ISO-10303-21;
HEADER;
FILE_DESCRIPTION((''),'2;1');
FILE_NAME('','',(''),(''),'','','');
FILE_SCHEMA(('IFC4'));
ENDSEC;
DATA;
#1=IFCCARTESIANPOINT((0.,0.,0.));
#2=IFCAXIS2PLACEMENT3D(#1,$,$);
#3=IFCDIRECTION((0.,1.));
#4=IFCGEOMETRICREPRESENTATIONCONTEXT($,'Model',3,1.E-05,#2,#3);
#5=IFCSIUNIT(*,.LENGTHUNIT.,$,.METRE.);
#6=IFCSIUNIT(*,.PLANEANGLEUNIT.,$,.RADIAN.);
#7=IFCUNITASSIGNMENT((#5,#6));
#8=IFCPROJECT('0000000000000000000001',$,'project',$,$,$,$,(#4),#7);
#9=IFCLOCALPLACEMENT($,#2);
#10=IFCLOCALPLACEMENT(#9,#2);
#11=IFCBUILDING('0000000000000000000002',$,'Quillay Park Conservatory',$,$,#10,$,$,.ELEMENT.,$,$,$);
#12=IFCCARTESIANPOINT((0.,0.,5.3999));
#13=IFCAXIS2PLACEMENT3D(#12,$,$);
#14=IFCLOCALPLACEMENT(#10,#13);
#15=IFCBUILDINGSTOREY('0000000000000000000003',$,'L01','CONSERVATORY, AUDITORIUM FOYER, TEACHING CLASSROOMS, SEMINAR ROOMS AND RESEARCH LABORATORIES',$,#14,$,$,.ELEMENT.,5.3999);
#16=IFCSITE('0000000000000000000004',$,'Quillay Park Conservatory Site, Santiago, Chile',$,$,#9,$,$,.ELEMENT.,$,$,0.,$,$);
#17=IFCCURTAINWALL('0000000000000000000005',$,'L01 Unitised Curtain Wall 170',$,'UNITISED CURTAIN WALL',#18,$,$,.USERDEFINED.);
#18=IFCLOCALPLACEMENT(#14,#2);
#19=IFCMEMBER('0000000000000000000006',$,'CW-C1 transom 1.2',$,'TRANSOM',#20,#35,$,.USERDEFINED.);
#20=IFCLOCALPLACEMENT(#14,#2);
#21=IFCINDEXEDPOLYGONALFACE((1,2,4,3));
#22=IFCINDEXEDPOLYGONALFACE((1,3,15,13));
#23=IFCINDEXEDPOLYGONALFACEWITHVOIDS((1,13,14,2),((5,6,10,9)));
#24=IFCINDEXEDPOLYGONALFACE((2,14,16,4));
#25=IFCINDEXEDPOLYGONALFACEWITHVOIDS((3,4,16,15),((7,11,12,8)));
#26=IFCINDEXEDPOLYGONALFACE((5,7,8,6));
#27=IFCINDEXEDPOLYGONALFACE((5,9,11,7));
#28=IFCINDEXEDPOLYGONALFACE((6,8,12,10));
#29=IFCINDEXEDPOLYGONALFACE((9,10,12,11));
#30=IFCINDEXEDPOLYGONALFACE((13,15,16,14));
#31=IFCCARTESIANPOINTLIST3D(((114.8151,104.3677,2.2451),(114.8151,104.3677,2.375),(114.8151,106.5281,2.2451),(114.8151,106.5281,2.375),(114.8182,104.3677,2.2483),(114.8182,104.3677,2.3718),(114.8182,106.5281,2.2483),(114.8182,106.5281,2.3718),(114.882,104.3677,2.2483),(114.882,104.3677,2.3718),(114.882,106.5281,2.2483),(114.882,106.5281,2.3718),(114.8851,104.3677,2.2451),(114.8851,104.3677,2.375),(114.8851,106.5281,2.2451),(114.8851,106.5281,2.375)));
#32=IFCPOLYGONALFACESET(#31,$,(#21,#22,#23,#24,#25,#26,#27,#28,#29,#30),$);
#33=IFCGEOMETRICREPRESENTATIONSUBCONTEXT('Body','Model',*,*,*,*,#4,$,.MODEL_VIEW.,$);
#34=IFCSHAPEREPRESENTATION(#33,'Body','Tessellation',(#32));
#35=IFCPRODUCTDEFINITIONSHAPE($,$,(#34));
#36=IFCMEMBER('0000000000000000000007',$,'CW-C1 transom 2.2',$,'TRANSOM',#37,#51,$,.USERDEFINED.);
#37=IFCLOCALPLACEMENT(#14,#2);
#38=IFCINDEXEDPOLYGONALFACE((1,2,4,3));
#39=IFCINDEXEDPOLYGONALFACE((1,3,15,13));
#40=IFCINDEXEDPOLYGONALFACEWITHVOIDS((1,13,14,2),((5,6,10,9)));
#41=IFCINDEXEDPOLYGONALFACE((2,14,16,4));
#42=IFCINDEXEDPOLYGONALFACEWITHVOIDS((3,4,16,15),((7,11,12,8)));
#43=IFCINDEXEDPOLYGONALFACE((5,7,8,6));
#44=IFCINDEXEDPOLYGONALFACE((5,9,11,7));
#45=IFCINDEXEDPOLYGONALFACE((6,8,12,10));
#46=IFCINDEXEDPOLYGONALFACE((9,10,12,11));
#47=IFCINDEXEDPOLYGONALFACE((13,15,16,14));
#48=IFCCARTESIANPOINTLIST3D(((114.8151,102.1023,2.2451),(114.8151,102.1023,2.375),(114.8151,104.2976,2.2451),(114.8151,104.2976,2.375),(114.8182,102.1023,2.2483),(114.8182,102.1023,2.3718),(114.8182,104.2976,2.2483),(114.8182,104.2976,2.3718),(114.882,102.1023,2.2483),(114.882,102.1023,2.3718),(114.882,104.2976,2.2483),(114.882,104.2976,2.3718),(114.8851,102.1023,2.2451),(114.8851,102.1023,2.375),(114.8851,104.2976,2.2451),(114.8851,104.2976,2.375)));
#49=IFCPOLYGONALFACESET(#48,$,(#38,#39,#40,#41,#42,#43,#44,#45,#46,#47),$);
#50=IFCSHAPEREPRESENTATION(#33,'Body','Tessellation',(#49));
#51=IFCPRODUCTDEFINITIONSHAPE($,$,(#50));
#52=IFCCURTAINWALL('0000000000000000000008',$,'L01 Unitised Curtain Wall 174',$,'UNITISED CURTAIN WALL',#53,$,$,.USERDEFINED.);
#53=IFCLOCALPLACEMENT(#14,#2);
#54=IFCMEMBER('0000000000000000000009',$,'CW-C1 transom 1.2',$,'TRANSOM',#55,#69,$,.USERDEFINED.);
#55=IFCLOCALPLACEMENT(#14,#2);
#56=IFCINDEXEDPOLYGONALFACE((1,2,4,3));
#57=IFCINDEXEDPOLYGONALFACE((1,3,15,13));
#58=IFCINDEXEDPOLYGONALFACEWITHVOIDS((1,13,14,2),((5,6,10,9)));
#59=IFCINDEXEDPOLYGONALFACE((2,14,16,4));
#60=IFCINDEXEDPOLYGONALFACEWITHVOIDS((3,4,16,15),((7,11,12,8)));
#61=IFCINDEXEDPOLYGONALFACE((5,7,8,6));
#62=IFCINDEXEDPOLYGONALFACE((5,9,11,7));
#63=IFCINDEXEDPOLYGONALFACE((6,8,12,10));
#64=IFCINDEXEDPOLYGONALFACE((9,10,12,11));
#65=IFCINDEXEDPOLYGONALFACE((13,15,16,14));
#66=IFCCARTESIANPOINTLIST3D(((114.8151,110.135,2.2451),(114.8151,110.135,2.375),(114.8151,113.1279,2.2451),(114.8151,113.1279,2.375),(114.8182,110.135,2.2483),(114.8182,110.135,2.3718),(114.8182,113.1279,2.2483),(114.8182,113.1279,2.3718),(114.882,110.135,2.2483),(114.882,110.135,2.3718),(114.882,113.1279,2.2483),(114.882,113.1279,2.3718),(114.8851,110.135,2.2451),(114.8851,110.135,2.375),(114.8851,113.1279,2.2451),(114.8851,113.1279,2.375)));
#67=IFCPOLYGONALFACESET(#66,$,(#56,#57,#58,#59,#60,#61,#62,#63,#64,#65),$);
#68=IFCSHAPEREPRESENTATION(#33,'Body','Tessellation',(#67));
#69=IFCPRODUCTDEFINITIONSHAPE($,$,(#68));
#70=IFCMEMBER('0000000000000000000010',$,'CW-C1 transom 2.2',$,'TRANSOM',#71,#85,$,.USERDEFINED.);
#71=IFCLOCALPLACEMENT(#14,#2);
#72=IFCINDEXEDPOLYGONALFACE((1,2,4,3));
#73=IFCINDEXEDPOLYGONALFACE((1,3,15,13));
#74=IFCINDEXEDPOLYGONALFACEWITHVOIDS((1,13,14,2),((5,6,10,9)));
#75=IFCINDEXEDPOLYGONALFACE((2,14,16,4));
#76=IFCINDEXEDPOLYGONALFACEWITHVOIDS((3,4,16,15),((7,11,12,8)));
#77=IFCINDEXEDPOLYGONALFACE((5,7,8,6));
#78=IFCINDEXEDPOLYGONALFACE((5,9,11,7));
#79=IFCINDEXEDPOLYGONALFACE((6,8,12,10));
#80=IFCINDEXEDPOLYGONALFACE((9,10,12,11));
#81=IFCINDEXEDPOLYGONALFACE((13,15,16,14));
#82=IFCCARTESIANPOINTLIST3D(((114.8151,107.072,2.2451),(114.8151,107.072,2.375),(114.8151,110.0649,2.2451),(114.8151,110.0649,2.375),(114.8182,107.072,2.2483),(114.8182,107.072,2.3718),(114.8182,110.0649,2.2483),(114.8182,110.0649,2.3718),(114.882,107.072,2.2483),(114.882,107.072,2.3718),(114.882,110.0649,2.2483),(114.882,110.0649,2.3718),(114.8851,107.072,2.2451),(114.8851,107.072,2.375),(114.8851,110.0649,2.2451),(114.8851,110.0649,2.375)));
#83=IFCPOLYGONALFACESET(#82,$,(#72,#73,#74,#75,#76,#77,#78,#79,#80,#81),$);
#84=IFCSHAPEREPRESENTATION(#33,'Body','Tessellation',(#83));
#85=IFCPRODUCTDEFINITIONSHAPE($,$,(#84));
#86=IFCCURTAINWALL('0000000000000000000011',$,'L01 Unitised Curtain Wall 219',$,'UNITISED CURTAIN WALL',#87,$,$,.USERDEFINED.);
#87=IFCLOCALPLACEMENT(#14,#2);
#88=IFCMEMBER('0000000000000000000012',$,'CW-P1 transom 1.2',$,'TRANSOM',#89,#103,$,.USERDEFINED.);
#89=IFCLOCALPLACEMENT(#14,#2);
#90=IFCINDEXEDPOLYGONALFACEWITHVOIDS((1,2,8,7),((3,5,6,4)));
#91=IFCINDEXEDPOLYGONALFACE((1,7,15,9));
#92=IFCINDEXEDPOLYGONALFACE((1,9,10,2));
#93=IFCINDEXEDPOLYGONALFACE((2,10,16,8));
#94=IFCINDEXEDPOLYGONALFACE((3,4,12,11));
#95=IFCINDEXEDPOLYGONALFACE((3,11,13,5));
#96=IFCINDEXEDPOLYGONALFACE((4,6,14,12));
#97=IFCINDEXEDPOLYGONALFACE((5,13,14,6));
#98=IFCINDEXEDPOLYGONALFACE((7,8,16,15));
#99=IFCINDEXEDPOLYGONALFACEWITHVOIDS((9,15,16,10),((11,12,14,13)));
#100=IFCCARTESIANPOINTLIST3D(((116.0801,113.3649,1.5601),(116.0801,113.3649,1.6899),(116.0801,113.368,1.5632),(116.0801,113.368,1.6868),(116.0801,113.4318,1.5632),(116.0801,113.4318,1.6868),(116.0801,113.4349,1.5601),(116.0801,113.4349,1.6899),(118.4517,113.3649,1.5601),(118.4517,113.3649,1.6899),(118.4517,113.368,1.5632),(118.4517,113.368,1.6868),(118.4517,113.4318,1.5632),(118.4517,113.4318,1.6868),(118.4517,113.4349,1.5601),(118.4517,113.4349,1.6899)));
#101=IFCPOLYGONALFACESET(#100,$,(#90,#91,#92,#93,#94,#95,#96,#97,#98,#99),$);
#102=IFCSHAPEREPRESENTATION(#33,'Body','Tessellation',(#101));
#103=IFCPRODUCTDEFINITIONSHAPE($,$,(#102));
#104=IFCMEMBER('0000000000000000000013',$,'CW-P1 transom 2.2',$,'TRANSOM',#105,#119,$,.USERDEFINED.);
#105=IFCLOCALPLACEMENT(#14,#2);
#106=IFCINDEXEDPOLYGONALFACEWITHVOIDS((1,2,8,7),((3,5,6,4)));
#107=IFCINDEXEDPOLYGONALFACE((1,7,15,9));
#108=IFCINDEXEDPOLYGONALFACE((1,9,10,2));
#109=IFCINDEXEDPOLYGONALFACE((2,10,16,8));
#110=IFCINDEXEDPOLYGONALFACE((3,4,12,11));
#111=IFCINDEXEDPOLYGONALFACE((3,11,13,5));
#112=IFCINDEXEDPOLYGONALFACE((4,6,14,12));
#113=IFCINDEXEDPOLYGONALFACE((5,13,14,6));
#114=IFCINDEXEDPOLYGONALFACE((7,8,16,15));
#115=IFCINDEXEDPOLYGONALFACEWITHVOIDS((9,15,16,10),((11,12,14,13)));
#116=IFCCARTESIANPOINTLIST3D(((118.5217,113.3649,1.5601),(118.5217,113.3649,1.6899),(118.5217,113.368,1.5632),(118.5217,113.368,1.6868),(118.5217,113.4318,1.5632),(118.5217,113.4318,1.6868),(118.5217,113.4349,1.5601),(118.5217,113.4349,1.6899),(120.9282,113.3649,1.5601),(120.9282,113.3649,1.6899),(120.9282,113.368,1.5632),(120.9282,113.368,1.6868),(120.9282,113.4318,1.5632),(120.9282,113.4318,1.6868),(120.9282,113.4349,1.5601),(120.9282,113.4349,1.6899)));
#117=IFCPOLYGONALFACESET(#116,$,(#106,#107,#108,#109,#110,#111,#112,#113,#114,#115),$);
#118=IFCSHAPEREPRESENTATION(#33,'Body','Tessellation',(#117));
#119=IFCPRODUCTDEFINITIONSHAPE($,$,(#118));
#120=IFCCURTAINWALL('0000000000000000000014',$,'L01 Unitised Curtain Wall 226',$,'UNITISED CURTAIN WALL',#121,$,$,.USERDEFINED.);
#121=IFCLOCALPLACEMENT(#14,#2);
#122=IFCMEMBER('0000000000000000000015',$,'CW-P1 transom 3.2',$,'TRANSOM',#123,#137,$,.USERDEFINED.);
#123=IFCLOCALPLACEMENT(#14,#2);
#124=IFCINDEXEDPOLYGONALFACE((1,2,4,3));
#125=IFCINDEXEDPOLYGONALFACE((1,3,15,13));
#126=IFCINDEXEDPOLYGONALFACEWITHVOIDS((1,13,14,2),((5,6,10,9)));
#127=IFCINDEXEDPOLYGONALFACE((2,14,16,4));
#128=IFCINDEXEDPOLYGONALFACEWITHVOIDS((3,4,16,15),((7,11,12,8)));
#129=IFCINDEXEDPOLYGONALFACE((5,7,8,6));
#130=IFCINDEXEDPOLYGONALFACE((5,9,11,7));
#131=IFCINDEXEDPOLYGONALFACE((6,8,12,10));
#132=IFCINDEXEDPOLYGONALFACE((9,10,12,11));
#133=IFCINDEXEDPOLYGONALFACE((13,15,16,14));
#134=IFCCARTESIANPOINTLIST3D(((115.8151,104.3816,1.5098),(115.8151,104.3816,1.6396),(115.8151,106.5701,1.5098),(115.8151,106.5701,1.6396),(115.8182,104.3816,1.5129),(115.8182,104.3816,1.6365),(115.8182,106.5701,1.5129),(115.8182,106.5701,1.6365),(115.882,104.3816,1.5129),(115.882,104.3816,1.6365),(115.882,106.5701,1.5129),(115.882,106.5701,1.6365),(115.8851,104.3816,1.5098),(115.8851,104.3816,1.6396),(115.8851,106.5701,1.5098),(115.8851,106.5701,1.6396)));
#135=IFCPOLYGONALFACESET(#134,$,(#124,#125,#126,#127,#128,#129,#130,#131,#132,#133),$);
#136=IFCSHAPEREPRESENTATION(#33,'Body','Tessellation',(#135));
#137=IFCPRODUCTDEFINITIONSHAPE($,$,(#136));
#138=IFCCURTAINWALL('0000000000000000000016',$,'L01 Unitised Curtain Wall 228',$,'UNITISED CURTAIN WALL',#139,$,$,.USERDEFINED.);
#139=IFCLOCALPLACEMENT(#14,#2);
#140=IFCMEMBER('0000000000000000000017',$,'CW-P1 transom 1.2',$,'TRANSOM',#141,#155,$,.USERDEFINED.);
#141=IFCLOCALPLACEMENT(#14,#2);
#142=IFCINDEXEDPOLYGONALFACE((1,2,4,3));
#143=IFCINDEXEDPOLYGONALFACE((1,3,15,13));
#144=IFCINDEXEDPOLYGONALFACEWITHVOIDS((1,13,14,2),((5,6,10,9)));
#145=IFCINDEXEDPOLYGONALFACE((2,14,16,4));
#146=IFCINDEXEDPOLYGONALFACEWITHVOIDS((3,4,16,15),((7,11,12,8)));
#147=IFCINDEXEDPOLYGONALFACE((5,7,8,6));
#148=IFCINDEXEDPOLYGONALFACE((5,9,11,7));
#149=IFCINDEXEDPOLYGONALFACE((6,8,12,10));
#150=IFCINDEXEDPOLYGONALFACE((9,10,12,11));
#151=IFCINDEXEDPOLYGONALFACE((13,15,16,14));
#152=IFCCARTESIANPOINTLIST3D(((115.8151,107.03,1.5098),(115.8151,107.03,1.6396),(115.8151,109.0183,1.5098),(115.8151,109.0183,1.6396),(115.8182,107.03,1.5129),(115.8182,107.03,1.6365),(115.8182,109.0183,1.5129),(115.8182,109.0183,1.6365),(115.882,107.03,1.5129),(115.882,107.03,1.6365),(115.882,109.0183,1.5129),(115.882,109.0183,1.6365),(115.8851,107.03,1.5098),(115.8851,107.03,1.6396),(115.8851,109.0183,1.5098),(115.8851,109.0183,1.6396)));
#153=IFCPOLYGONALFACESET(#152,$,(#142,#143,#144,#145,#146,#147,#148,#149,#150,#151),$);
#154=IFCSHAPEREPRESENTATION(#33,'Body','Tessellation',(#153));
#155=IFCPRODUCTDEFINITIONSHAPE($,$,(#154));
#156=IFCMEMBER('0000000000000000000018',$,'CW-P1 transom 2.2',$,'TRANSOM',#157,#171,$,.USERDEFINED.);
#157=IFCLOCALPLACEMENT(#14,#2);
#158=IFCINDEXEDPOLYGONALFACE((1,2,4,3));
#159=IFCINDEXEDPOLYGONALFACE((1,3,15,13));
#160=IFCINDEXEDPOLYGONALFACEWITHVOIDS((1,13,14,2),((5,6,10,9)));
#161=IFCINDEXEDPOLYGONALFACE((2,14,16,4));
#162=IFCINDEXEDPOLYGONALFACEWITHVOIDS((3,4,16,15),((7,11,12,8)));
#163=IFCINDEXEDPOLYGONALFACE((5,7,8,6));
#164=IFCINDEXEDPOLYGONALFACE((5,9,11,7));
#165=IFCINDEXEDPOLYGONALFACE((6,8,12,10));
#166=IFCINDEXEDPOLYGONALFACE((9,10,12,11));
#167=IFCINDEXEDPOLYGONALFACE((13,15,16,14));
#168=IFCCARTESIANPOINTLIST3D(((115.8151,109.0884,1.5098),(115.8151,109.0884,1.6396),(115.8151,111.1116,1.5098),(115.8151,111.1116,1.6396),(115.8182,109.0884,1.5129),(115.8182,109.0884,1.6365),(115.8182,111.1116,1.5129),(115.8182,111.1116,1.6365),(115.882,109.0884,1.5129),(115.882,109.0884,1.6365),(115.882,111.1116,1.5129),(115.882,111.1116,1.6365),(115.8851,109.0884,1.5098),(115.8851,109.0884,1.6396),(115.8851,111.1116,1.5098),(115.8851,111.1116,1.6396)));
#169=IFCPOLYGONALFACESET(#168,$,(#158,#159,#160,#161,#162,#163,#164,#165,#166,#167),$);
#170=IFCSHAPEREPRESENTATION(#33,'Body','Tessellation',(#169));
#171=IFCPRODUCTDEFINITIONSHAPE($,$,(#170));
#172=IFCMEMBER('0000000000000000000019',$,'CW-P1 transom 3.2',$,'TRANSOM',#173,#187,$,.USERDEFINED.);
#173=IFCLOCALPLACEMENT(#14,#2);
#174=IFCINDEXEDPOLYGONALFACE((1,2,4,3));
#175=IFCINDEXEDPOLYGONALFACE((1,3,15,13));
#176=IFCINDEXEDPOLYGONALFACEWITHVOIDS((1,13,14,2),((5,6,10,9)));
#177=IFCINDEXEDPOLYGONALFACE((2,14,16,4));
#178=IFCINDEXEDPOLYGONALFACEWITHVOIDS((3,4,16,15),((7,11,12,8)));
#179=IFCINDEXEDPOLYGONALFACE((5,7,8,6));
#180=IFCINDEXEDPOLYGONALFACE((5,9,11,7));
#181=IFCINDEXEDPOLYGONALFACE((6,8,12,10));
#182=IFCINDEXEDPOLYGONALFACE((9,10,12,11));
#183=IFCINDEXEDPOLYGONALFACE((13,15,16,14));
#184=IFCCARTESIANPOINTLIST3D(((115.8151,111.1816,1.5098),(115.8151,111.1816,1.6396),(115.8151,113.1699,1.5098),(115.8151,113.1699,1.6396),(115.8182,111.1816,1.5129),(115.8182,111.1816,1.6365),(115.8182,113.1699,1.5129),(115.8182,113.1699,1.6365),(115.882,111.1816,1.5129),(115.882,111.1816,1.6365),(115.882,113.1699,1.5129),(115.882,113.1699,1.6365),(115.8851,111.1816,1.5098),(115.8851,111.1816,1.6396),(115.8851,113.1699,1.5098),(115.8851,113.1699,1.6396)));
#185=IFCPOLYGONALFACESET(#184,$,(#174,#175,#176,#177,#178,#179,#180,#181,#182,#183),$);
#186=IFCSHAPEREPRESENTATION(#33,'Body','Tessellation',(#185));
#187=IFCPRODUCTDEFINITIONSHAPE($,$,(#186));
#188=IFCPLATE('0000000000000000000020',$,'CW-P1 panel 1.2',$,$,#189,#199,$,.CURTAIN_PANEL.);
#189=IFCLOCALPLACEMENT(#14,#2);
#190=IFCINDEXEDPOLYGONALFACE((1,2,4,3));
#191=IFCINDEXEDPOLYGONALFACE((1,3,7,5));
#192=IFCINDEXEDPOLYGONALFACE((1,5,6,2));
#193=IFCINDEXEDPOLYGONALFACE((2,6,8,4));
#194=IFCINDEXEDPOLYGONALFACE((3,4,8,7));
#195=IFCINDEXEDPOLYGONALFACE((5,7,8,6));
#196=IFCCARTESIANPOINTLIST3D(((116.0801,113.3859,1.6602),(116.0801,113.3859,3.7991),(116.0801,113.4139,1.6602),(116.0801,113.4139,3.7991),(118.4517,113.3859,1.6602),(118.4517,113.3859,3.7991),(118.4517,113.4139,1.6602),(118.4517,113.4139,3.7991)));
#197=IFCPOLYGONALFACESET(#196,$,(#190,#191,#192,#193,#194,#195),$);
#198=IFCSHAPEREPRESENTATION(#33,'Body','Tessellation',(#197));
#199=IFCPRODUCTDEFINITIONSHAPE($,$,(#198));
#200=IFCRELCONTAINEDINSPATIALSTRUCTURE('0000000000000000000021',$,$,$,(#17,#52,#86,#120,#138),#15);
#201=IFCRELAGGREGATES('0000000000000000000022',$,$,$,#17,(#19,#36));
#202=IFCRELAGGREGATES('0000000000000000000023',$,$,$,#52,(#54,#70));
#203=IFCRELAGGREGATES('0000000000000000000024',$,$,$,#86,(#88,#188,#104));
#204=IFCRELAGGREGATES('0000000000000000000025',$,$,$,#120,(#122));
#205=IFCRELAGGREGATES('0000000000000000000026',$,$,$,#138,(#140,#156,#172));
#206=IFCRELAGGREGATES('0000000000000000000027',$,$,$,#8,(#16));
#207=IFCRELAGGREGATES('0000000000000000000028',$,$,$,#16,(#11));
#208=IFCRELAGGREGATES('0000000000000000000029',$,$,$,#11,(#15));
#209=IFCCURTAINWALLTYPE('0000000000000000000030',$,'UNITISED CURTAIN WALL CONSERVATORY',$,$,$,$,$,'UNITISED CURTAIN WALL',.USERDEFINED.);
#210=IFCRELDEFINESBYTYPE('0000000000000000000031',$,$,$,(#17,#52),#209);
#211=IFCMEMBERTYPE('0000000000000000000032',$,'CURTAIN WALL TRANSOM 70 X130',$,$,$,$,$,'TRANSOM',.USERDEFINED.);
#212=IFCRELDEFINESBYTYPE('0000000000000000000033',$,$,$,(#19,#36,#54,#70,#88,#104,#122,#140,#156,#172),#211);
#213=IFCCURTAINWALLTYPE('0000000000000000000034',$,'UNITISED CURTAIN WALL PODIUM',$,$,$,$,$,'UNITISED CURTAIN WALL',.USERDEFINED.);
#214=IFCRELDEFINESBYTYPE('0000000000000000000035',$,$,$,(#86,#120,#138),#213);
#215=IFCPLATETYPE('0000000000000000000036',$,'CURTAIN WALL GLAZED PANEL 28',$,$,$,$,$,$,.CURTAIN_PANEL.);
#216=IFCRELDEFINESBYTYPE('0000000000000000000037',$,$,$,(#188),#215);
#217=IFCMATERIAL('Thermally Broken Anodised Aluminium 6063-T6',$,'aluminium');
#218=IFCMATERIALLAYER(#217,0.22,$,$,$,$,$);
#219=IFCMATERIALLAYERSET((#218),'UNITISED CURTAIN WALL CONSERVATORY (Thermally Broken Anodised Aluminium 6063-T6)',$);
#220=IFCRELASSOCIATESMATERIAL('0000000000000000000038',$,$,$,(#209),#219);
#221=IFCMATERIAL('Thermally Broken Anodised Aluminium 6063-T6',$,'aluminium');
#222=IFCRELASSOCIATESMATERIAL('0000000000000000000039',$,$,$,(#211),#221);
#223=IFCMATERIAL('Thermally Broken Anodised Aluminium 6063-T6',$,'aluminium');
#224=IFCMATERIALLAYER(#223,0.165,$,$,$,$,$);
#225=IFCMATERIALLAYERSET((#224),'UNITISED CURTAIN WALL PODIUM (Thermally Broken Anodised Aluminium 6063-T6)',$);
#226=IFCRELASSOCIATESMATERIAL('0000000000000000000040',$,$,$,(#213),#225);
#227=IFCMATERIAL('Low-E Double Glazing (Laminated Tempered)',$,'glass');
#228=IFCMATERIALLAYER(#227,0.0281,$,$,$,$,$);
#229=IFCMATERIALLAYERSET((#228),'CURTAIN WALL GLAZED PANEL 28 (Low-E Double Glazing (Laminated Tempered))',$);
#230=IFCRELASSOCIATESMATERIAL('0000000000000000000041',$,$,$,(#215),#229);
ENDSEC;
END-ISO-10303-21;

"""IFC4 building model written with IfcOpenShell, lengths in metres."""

from ifc_helpers import new_model, si_unit, direction, frame, origin, origin_2d, place, context, subcontext, project, spatial, rectangle, hollow_rectangle, extrude, material, layer, layer_set, material_profile, profile_set, type_object, element, aggregate, save


model = new_model("IFC4")

# Units and contexts
model_context = context("Model", 3, precision=1e-05, world=origin(), true_north=direction((0.0, 1.0)))
body_context = subcontext(model_context, "Body", "Model", "MODEL_VIEW")
ifc_project = project(units=[si_unit("LENGTHUNIT", "METRE"), si_unit("PLANEANGLEUNIT", "RADIAN")], contexts=[model_context])

# Site, building, storey
site_placement = place(None, origin())
site = spatial("IfcSite", under=ifc_project, at=site_placement, Name="Quillay Park Conservatory Site, Santiago, Chile", CompositionType="ELEMENT", RefElevation=0.0)
building_placement = place(site_placement, origin())
building = spatial("IfcBuilding", under=site, at=building_placement, Name="Quillay Park Conservatory", CompositionType="ELEMENT")
storey_placement = place(building_placement, frame((0.0, 0.0, 5.3999)))
storey = spatial("IfcBuildingStorey", under=building, at=storey_placement, Name="L01", Description="CONSERVATORY, AUDITORIUM FOYER, TEACHING CLASSROOMS, SEMINAR ROOMS AND RESEARCH LABORATORIES", CompositionType="ELEMENT", Elevation=5.3999)

# Curtain walls, members
ifc_material_1 = material(Name="Thermally Broken Anodised Aluminium 6063-T6", Category="aluminium")
ifc_layer_1 = layer(ifc_material_1, 0.22)
ifc_layer_set_1 = layer_set([ifc_layer_1], Name="UNITISED CURTAIN WALL CONSERVATORY (Thermally Broken Anodised Aluminium 6063-T6)")
curtain_wall_type_1 = type_object("IfcCurtainWallType", Name="UNITISED CURTAIN WALL CONSERVATORY", ElementType="UNITISED CURTAIN WALL", PredefinedType="USERDEFINED", material=ifc_layer_set_1)
curtain_wall_1_placement = place(storey_placement, origin())
curtain_wall_1 = element("IfcCurtainWall", 1, at=curtain_wall_1_placement, inside=storey, type_object=curtain_wall_type_1, Name="L01 Unitised Curtain Wall 170", ObjectType="UNITISED CURTAIN WALL", PredefinedType="USERDEFINED")
ifc_material_2 = material(Name="Thermally Broken Anodised Aluminium 6063-T6", Category="aluminium")
ifc_material_profile = material_profile(ifc_material_2, hollow_rectangle(XDim=0.0701, YDim=0.1299, WallThickness=0.0032, at=origin_2d()), Name="AL70x130x3.2")
ifc_profile_set = profile_set([ifc_material_profile], Name="Thermally Broken Anodised Aluminium 6063-T6")
member_type = type_object("IfcMemberType", Name="CURTAIN WALL TRANSOM 70 X130", ElementType="TRANSOM", PredefinedType="USERDEFINED", material=ifc_profile_set)
member_1_placement = place(storey_placement, frame((114.8501, 106.5281, 2.3101), z_axis=(0.0, -1.0, 0.0), x_axis=(1.0, 0.0, 0.0)))
member_1 = element("IfcMember", 2, at=member_1_placement, type_object=member_type, Name="CW-C1 transom 1.2", ObjectType="TRANSOM", PredefinedType="USERDEFINED", context=body_context, shape_type="SweptSolid", body=[
    extrude(hollow_rectangle(XDim=0.0701, YDim=0.1299, WallThickness=0.0032, at=origin_2d()), origin(), (0.0, 0.0, 1.0), 2.1604),
])
member_2_placement = place(storey_placement, frame((114.8501, 104.2976, 2.3101), z_axis=(0.0, -1.0, 0.0), x_axis=(1.0, 0.0, 0.0)))
member_2 = element("IfcMember", 3, at=member_2_placement, type_object=member_type, Name="CW-C1 transom 2.2", ObjectType="TRANSOM", PredefinedType="USERDEFINED", context=body_context, shape_type="SweptSolid", body=[
    extrude(hollow_rectangle(XDim=0.0701, YDim=0.1299, WallThickness=0.0032, at=origin_2d()), origin(), (0.0, 0.0, 1.0), 2.1953),
])
aggregate(curtain_wall_1, [member_1, member_2])
curtain_wall_2_placement = place(storey_placement, origin())
curtain_wall_2 = element("IfcCurtainWall", 4, at=curtain_wall_2_placement, inside=storey, type_object=curtain_wall_type_1, Name="L01 Unitised Curtain Wall 174", ObjectType="UNITISED CURTAIN WALL", PredefinedType="USERDEFINED")
member_3_placement = place(storey_placement, frame((114.8501, 113.1279, 2.3101), z_axis=(0.0, -1.0, 0.0), x_axis=(1.0, 0.0, 0.0)))
member_3 = element("IfcMember", 5, at=member_3_placement, type_object=member_type, Name="CW-C1 transom 1.2", ObjectType="TRANSOM", PredefinedType="USERDEFINED", context=body_context, shape_type="SweptSolid", body=[
    extrude(hollow_rectangle(XDim=0.0701, YDim=0.1299, WallThickness=0.0032, at=origin_2d()), origin(), (0.0, 0.0, 1.0), 2.9929),
])
member_4_placement = place(storey_placement, frame((114.8501, 110.0649, 2.3101), z_axis=(0.0, -1.0, 0.0), x_axis=(1.0, 0.0, 0.0)))
member_4 = element("IfcMember", 6, at=member_4_placement, type_object=member_type, Name="CW-C1 transom 2.2", ObjectType="TRANSOM", PredefinedType="USERDEFINED", context=body_context, shape_type="SweptSolid", body=[
    extrude(hollow_rectangle(XDim=0.0701, YDim=0.1299, WallThickness=0.0032, at=origin_2d()), origin(), (0.0, 0.0, 1.0), 2.9929),
])
aggregate(curtain_wall_2, [member_3, member_4])
ifc_material_3 = material(Name="Thermally Broken Anodised Aluminium 6063-T6", Category="aluminium")
ifc_layer_2 = layer(ifc_material_3, 0.165)
ifc_layer_set_2 = layer_set([ifc_layer_2], Name="UNITISED CURTAIN WALL PODIUM (Thermally Broken Anodised Aluminium 6063-T6)")
curtain_wall_type_2 = type_object("IfcCurtainWallType", Name="UNITISED CURTAIN WALL PODIUM", ElementType="UNITISED CURTAIN WALL", PredefinedType="USERDEFINED", material=ifc_layer_set_2)
curtain_wall_3_placement = place(storey_placement, origin())
curtain_wall_3 = element("IfcCurtainWall", 7, at=curtain_wall_3_placement, inside=storey, type_object=curtain_wall_type_2, Name="L01 Unitised Curtain Wall 219", ObjectType="UNITISED CURTAIN WALL", PredefinedType="USERDEFINED")
member_5_placement = place(storey_placement, frame((116.0801, 113.3999, 1.625), z_axis=(1.0, 0.0, 0.0), x_axis=(0.0, 1.0, 0.0)))
member_5 = element("IfcMember", 8, at=member_5_placement, type_object=member_type, Name="CW-P1 transom 1.2", ObjectType="TRANSOM", PredefinedType="USERDEFINED", context=body_context, shape_type="SweptSolid", body=[
    extrude(hollow_rectangle(XDim=0.0701, YDim=0.1299, WallThickness=0.0032, at=origin_2d()), origin(), (0.0, 0.0, 1.0), 2.3716),
])
member_6_placement = place(storey_placement, frame((118.5217, 113.3999, 1.625), z_axis=(1.0, 0.0, 0.0), x_axis=(0.0, 1.0, 0.0)))
member_6 = element("IfcMember", 9, at=member_6_placement, type_object=member_type, Name="CW-P1 transom 2.2", ObjectType="TRANSOM", PredefinedType="USERDEFINED", context=body_context, shape_type="SweptSolid", body=[
    extrude(hollow_rectangle(XDim=0.0701, YDim=0.1299, WallThickness=0.0032, at=origin_2d()), origin(), (0.0, 0.0, 1.0), 2.4065),
])

# Curtain wall, member
curtain_wall_4_placement = place(storey_placement, origin())
curtain_wall_4 = element("IfcCurtainWall", 10, at=curtain_wall_4_placement, inside=storey, type_object=curtain_wall_type_2, Name="L01 Unitised Curtain Wall 226", ObjectType="UNITISED CURTAIN WALL", PredefinedType="USERDEFINED")
member_7_placement = place(storey_placement, frame((115.8501, 104.3816, 1.5747), z_axis=(0.0, 1.0, 0.0), x_axis=(-1.0, 0.0, 0.0)))
member_7 = element("IfcMember", 11, at=member_7_placement, type_object=member_type, Name="CW-P1 transom 3.2", ObjectType="TRANSOM", PredefinedType="USERDEFINED", context=body_context, shape_type="SweptSolid", body=[
    extrude(hollow_rectangle(XDim=0.0701, YDim=0.1299, WallThickness=0.0032, at=origin_2d()), origin(), (0.0, 0.0, 1.0), 2.1885),
])

# Curtain wall, members
curtain_wall_5_placement = place(storey_placement, origin())
curtain_wall_5 = element("IfcCurtainWall", 12, at=curtain_wall_5_placement, inside=storey, type_object=curtain_wall_type_2, Name="L01 Unitised Curtain Wall 228", ObjectType="UNITISED CURTAIN WALL", PredefinedType="USERDEFINED")
member_8_placement = place(storey_placement, frame((115.8501, 107.03, 1.5747), z_axis=(0.0, 1.0, 0.0), x_axis=(-1.0, 0.0, 0.0)))
member_8 = element("IfcMember", 13, at=member_8_placement, type_object=member_type, Name="CW-P1 transom 1.2", ObjectType="TRANSOM", PredefinedType="USERDEFINED", context=body_context, shape_type="SweptSolid", body=[
    extrude(hollow_rectangle(XDim=0.0701, YDim=0.1299, WallThickness=0.0032, at=origin_2d()), origin(), (0.0, 0.0, 1.0), 1.9883),
])
member_9_placement = place(storey_placement, frame((115.8501, 109.0884, 1.5747), z_axis=(0.0, 1.0, 0.0), x_axis=(-1.0, 0.0, 0.0)))
member_9 = element("IfcMember", 14, at=member_9_placement, type_object=member_type, Name="CW-P1 transom 2.2", ObjectType="TRANSOM", PredefinedType="USERDEFINED", context=body_context, shape_type="SweptSolid", body=[
    extrude(hollow_rectangle(XDim=0.0701, YDim=0.1299, WallThickness=0.0032, at=origin_2d()), origin(), (0.0, 0.0, 1.0), 2.0232),
])
member_10_placement = place(storey_placement, frame((115.8501, 111.1816, 1.5747), z_axis=(0.0, 1.0, 0.0), x_axis=(-1.0, 0.0, 0.0)))
member_10 = element("IfcMember", 15, at=member_10_placement, type_object=member_type, Name="CW-P1 transom 3.2", ObjectType="TRANSOM", PredefinedType="USERDEFINED", context=body_context, shape_type="SweptSolid", body=[
    extrude(hollow_rectangle(XDim=0.0701, YDim=0.1299, WallThickness=0.0032, at=origin_2d()), origin(), (0.0, 0.0, 1.0), 1.9883),
])

# Plate
ifc_material_4 = material(Name="Low-E Double Glazing (Laminated Tempered)", Category="glass")
ifc_layer_3 = layer(ifc_material_4, 0.0281)
ifc_layer_set_3 = layer_set([ifc_layer_3], Name="CURTAIN WALL GLAZED PANEL 28 (Low-E Double Glazing (Laminated Tempered))")
plate_type = type_object("IfcPlateType", Name="CURTAIN WALL GLAZED PANEL 28", PredefinedType="CURTAIN_PANEL", material=ifc_layer_set_3)
plate_1_placement = place(storey_placement, frame((117.2659, 113.3999, 1.6602), z_axis=(0.0, 0.0, 1.0), x_axis=(1.0, 0.0, 0.0)))
plate_1 = element("IfcPlate", 16, at=plate_1_placement, type_object=plate_type, Name="CW-P1 panel 1.2", PredefinedType="CURTAIN_PANEL", context=body_context, shape_type="SweptSolid", body=[
    extrude(rectangle(XDim=2.3716, YDim=0.0281, at=origin_2d()), origin(), (0.0, 0.0, 1.0), 2.1389),
])
aggregate(curtain_wall_3, [member_5, plate_1, member_6])
aggregate(curtain_wall_4, [member_7])
aggregate(curtain_wall_5, [member_8, member_9, member_10])

save(model, "model.ifc")
